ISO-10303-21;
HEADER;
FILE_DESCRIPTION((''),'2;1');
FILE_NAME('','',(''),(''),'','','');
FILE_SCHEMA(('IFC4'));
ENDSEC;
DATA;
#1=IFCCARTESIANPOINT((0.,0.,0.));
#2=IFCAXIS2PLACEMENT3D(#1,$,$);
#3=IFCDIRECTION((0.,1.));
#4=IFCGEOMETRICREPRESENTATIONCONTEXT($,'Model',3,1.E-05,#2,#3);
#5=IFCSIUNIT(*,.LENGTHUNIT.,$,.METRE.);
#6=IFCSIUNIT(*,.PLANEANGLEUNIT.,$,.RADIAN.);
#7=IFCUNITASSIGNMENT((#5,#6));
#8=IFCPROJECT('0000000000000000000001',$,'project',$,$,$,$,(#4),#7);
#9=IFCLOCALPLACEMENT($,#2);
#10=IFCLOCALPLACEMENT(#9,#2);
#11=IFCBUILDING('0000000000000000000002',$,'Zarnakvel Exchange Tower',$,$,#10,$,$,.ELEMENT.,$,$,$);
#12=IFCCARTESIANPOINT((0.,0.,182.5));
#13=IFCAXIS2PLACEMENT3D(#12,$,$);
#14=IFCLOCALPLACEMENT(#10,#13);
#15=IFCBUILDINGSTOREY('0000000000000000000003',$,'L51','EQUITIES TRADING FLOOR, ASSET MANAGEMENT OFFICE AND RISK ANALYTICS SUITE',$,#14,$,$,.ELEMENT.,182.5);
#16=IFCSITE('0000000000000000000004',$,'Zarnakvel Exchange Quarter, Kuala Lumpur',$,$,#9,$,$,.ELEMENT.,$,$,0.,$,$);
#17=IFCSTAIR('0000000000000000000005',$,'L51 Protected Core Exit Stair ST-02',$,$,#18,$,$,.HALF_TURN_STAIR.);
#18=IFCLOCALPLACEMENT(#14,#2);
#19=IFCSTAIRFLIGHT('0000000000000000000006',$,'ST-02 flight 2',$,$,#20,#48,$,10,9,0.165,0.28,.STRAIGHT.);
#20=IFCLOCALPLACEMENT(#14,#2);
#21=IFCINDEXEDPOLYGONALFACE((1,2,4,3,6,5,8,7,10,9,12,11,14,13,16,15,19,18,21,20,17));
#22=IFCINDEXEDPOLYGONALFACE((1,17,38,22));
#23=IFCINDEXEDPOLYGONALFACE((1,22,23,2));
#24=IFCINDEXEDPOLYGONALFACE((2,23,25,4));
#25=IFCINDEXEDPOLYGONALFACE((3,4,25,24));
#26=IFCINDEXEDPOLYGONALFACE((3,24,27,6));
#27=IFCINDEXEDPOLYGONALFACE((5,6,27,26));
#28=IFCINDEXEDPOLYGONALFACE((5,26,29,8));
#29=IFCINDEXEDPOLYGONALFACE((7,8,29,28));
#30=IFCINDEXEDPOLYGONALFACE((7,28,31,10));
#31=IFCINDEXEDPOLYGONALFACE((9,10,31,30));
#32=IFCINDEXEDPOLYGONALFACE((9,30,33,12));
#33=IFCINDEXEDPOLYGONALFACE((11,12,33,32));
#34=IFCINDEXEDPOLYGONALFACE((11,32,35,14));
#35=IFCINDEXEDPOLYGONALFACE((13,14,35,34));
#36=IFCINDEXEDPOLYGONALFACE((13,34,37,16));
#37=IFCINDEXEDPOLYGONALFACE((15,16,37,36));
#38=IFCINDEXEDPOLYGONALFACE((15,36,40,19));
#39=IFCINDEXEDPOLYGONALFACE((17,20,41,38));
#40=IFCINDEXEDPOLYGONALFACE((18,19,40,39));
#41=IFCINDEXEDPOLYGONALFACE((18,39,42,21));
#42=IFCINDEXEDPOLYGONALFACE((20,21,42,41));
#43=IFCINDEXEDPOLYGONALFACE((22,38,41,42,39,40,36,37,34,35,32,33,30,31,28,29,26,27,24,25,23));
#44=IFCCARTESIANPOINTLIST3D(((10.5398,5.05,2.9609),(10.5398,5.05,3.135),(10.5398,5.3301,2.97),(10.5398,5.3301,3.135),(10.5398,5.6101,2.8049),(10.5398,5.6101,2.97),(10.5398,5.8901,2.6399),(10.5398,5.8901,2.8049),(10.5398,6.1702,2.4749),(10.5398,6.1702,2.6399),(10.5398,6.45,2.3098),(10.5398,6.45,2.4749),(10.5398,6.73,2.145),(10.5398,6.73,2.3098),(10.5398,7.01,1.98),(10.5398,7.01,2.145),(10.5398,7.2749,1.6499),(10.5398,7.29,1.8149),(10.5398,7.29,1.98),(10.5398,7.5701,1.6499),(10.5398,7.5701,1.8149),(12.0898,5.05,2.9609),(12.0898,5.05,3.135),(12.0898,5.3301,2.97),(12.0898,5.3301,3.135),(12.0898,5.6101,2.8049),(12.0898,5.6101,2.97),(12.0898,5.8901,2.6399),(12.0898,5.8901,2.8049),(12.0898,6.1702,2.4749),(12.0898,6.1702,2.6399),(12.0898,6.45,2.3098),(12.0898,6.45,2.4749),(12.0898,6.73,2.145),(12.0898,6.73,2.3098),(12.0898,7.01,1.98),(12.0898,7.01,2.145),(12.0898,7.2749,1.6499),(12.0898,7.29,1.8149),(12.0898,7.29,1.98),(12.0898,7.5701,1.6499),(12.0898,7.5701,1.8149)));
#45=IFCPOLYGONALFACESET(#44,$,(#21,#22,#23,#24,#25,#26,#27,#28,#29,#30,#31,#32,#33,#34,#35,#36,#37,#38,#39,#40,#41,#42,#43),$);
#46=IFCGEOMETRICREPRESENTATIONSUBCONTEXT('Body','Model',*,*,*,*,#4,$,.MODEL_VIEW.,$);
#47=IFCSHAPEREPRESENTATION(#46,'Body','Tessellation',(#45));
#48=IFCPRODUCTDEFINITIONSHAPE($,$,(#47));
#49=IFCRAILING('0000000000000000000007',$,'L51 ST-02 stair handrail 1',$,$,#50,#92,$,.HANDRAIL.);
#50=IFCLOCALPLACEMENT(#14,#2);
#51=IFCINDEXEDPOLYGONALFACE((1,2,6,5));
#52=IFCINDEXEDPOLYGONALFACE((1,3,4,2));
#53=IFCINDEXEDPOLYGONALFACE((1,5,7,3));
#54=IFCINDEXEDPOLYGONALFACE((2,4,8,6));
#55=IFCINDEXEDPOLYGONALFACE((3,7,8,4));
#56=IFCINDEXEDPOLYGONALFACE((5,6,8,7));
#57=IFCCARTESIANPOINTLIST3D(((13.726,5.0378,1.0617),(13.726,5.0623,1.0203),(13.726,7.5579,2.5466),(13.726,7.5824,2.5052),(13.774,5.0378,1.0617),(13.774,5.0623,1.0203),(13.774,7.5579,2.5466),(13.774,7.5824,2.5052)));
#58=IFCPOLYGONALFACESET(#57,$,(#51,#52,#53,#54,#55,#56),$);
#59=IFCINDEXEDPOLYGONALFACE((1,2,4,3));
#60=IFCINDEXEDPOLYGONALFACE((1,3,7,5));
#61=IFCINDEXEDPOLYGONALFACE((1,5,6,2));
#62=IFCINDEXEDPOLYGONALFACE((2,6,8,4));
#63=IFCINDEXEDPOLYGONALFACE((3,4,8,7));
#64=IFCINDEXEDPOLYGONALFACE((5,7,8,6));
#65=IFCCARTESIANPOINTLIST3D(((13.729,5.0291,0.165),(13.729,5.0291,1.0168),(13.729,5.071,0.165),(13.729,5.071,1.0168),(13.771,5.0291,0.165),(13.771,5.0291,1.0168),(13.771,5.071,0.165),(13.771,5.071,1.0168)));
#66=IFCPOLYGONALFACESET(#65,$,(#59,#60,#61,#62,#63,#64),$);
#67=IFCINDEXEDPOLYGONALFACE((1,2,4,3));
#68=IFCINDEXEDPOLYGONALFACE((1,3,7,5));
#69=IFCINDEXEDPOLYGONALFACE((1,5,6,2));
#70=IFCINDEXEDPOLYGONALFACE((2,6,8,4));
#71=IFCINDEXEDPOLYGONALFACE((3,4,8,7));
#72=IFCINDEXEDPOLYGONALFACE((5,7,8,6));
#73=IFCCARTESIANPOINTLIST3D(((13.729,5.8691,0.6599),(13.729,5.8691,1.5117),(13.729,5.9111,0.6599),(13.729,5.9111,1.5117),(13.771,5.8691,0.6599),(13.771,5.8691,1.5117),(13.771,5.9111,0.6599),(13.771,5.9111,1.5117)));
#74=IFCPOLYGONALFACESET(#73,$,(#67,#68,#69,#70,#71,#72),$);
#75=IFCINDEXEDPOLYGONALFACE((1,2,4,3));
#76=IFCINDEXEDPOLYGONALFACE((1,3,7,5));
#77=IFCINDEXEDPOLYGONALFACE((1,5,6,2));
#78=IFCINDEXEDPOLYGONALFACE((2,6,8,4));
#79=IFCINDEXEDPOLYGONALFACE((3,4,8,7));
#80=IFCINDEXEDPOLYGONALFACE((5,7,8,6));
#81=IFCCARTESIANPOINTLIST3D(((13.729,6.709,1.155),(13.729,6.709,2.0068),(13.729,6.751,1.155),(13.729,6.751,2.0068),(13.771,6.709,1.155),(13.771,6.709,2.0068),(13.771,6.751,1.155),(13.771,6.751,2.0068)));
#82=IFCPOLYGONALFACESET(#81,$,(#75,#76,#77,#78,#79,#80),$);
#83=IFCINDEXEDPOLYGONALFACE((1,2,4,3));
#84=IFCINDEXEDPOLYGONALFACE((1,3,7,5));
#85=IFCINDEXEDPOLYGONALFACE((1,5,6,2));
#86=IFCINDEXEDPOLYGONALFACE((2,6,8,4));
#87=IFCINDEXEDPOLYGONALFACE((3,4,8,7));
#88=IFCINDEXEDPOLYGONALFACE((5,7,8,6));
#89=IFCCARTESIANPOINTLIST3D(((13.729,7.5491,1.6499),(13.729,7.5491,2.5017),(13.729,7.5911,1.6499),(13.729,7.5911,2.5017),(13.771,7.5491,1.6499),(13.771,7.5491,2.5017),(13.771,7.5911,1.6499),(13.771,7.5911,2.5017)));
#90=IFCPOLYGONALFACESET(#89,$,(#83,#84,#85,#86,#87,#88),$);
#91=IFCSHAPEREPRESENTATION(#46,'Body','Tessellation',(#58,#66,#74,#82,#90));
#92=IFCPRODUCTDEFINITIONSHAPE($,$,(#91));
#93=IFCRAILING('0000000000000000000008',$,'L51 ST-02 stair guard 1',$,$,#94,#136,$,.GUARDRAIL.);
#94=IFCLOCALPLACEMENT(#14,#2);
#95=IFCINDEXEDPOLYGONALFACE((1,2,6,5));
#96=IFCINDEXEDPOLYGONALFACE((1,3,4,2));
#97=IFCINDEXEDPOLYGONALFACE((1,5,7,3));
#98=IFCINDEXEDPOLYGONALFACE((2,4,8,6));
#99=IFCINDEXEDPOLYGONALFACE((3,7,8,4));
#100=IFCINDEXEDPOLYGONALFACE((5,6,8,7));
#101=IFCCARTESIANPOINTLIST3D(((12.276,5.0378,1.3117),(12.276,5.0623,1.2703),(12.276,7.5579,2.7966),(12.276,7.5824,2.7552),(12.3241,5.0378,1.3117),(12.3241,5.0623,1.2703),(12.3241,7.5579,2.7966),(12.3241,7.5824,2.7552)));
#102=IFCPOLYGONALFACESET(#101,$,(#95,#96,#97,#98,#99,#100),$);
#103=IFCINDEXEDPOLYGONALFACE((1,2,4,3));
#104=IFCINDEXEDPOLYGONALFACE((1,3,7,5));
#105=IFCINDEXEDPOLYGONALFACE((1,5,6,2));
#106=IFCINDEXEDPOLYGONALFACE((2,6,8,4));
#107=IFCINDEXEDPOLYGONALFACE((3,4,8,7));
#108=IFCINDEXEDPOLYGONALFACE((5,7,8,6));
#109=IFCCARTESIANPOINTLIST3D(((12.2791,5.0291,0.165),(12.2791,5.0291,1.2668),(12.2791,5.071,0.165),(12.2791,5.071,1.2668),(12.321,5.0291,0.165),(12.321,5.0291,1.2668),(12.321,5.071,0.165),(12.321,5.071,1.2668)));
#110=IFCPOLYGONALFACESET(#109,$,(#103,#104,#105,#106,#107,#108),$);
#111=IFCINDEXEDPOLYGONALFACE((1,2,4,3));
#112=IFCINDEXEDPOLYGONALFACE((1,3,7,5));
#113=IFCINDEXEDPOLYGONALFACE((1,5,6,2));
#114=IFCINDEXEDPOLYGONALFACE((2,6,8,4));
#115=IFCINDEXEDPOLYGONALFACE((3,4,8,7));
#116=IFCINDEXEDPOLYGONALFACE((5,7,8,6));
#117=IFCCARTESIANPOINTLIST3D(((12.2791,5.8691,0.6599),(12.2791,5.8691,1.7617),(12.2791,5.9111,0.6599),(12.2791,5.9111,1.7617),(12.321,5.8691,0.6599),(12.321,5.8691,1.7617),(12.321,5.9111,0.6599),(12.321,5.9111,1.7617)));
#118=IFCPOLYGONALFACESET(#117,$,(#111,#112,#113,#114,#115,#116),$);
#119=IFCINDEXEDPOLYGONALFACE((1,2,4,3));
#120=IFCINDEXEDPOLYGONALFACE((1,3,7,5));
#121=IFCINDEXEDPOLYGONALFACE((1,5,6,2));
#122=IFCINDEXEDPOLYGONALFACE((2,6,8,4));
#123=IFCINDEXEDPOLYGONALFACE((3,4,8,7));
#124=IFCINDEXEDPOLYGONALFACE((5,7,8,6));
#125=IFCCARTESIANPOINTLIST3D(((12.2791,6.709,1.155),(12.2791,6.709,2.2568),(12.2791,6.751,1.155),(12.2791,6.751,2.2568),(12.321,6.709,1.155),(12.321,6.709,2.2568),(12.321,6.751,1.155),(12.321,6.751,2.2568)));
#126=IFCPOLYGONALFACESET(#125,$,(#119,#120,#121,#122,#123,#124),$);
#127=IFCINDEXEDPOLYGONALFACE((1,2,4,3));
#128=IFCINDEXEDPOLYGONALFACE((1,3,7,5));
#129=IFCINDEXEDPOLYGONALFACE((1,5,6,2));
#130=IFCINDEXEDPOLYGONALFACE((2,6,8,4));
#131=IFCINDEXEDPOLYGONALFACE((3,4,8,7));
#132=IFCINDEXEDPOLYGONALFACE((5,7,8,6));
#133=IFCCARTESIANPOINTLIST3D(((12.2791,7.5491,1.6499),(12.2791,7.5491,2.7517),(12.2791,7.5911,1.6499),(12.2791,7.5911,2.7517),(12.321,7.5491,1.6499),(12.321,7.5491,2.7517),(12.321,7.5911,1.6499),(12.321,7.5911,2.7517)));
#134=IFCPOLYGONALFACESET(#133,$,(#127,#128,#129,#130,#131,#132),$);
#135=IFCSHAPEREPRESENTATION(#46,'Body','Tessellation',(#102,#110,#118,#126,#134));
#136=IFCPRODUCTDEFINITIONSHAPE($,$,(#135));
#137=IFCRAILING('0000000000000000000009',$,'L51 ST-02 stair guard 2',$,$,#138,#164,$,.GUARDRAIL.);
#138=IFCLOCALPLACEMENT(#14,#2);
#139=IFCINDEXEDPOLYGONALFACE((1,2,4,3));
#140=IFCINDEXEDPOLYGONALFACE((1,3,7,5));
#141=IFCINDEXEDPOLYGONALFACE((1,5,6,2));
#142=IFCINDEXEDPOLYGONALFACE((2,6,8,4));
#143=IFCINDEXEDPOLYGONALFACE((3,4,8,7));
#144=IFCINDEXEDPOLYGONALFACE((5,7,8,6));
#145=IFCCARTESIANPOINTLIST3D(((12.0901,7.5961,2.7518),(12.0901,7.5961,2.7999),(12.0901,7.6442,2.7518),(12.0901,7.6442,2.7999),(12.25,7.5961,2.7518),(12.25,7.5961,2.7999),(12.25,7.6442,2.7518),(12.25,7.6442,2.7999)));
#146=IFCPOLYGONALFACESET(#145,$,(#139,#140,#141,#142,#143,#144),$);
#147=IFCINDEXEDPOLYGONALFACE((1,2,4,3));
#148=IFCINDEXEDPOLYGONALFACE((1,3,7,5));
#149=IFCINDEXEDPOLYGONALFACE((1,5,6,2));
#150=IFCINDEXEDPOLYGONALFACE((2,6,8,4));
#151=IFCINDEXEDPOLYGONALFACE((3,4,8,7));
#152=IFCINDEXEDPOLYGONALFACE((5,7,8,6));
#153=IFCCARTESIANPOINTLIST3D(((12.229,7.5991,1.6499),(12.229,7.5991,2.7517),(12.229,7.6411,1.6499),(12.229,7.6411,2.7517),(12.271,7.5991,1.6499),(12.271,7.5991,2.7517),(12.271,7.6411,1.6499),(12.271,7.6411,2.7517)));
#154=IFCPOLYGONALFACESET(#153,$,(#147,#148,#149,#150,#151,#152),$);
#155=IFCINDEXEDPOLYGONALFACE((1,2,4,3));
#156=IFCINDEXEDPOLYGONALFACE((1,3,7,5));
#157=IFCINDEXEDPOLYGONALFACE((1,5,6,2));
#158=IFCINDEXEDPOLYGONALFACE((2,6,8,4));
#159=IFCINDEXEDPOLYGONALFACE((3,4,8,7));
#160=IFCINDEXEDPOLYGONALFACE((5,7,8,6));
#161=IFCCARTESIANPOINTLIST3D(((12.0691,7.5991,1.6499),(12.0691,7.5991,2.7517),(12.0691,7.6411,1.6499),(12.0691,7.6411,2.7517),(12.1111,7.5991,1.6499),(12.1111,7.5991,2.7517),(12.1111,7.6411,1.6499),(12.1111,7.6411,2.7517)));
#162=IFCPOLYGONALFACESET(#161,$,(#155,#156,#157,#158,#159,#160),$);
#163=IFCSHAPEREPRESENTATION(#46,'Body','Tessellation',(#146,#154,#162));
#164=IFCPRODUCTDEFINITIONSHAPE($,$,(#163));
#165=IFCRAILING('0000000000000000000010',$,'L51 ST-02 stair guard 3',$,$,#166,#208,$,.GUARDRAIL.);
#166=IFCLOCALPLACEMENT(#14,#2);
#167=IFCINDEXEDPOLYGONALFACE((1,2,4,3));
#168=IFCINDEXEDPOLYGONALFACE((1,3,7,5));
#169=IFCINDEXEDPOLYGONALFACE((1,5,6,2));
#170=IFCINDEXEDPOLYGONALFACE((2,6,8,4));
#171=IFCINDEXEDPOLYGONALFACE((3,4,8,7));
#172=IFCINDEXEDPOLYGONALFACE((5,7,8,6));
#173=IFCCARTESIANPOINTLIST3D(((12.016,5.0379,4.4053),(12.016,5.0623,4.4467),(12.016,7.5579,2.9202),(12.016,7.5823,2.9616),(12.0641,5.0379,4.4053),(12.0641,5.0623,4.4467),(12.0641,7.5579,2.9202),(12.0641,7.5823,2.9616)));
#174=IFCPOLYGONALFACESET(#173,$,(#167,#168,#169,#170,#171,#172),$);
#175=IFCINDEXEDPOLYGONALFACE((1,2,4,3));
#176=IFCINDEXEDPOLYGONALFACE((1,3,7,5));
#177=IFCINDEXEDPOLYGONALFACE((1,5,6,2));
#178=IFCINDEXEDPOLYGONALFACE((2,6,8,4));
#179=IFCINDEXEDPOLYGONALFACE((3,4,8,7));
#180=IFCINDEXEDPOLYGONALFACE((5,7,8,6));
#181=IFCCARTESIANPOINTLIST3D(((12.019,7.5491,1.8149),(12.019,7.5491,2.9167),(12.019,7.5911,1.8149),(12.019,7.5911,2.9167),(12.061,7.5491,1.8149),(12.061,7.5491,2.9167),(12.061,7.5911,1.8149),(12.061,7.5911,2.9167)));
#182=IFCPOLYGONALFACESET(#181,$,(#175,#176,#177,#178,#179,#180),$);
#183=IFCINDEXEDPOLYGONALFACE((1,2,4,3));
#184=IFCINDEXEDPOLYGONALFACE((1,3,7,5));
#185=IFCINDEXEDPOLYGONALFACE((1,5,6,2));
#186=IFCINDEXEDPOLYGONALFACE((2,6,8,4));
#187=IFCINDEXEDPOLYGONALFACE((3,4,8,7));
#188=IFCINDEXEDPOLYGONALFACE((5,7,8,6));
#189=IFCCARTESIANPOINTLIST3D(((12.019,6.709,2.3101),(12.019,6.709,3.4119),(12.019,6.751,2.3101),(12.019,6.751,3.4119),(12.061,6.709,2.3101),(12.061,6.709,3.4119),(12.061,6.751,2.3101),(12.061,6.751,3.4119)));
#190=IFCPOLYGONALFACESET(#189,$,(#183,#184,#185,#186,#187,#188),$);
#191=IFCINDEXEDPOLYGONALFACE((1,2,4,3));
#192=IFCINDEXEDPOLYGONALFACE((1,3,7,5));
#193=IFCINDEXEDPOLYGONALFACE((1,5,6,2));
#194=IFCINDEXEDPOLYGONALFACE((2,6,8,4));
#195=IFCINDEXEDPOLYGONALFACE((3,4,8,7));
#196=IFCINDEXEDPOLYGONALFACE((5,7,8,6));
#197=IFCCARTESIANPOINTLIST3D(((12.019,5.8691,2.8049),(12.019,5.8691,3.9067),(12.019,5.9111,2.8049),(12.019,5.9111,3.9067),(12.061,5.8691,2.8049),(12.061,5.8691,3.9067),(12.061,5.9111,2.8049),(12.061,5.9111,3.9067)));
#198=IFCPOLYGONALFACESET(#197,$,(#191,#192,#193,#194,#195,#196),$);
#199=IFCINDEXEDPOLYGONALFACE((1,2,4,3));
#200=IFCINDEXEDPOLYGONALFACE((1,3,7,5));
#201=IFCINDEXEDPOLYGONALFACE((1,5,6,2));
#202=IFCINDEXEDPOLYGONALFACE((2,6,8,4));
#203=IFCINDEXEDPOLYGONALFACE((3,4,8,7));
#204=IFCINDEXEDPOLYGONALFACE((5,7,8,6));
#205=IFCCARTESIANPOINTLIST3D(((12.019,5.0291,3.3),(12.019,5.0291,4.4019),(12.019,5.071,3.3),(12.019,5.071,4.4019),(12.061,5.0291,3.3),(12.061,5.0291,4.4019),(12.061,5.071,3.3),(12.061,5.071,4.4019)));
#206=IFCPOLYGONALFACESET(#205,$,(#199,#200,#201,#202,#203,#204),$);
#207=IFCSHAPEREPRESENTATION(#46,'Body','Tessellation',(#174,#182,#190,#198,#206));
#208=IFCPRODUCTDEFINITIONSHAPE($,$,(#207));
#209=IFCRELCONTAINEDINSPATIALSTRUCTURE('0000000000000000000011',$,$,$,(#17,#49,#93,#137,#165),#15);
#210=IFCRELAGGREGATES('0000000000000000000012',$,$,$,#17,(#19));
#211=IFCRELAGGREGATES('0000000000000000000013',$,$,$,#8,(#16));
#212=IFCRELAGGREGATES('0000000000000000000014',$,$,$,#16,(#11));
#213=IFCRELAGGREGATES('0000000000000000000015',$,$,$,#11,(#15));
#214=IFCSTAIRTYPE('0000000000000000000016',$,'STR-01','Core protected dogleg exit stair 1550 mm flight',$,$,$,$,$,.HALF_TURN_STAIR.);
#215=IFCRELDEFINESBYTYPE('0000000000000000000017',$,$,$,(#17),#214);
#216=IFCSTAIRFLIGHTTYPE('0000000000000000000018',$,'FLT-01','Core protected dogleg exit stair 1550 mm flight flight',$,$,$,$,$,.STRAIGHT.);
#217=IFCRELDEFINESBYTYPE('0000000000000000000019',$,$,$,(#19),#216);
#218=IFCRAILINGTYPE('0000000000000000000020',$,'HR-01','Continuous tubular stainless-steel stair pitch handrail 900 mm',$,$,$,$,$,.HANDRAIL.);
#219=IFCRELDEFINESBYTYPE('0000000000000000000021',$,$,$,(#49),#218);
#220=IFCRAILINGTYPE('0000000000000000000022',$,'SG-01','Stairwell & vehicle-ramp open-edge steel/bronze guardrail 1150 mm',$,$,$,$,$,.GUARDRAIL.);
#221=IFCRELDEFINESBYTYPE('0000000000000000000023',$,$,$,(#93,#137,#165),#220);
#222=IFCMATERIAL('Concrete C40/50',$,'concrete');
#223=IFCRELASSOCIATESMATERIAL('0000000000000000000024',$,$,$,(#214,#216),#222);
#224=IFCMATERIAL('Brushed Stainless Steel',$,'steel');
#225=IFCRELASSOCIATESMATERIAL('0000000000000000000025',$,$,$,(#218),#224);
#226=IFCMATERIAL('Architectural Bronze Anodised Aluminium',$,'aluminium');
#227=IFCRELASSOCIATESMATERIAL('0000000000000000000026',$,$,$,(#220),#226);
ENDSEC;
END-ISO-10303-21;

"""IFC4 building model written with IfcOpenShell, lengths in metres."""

from ifc_helpers import new_model, si_unit, direction, frame, origin, origin_2d, place, context, subcontext, project, spatial, polyline, rectangle, outline, extrude, material, type_object, element, aggregate, save


model = new_model("IFC4")

# Units and contexts
model_context = context("Model", 3, precision=1e-05, world=origin(), true_north=direction((0.0, 1.0)))
body_context = subcontext(model_context, "Body", "Model", "MODEL_VIEW")
ifc_project = project(units=[si_unit("LENGTHUNIT", "METRE"), si_unit("PLANEANGLEUNIT", "RADIAN")], contexts=[model_context])

# Site, building, storey
site_placement = place(None, origin())
site = spatial("IfcSite", under=ifc_project, at=site_placement, Name="Zarnakvel Exchange Quarter, Kuala Lumpur", CompositionType="ELEMENT", RefElevation=0.0)
building_placement = place(site_placement, origin())
building = spatial("IfcBuilding", under=site, at=building_placement, Name="Zarnakvel Exchange Tower", CompositionType="ELEMENT")
storey_placement = place(building_placement, frame((0.0, 0.0, 182.5)))
storey = spatial("IfcBuildingStorey", under=building, at=storey_placement, Name="L51", Description="EQUITIES TRADING FLOOR, ASSET MANAGEMENT OFFICE AND RISK ANALYTICS SUITE", CompositionType="ELEMENT", Elevation=182.5)

# Shared definitions
ifc_material_1 = material(Name="Architectural Bronze Anodised Aluminium", Category="aluminium")

# Shared definitions
ifc_material_2 = material(Name="Concrete C40/50", Category="concrete")

# Stair, stair flight
stair_type = type_object("IfcStairType", Name="STR-01", Description="Core protected dogleg exit stair 1550 mm flight", PredefinedType="HALF_TURN_STAIR", material=ifc_material_2)
stair_placement = place(storey_placement, origin())
stair = element("IfcStair", 1, at=stair_placement, inside=storey, type_object=stair_type, Name="L51 Protected Core Exit Stair ST-02", PredefinedType="HALF_TURN_STAIR")
stair_flight_type = type_object("IfcStairFlightType", Name="FLT-01", Description="Core protected dogleg exit stair 1550 mm flight flight", PredefinedType="STRAIGHT", material=ifc_material_2)
stair_flight_1_placement = place(storey_placement, frame((11.3149, 7.5701, 1.6499), z_axis=(0.0, 0.0, 1.0), x_axis=(0.0, -1.0, 0.0)))
stair_flight_1 = element("IfcStairFlight", 2, at=stair_flight_1_placement, type_object=stair_flight_type, Name="ST-02 flight 2", NumberOfRisers=10, NumberOfTreads=9, PredefinedType="STRAIGHT", RiserHeight=0.165, TreadLength=0.28, context=body_context, shape_type="SweptSolid", body=[
    extrude(outline(polyline([(0.0, 0.0), (0.0, 0.165), (0.28, 0.165), (0.28, 0.3301), (0.5601, 0.3301), (0.5601, 0.4951), (0.8401, 0.4951), (0.8401, 0.6599), (1.1201, 0.6599), (1.1201, 0.825), (1.3999, 0.825), (1.3999, 0.99), (1.6799, 0.99), (1.6799, 1.155), (1.96, 1.155), (1.96, 1.3201), (2.24, 1.3201), (2.24, 1.4851), (2.52, 1.4851), (2.52, 1.6499), (2.52, 1.311), (0.2952, 0.0), (0.0, 0.0)])), frame((0.0, 0.7749, 0.0), z_axis=(0.0, -1.0, 0.0), x_axis=(1.0, 0.0, 0.0)), (0.0, 0.0, 1.0), 1.55),
])
aggregate(stair, [stair_flight_1])

# Railings
ifc_material_3 = material(Name="Brushed Stainless Steel", Category="steel")
railing_type_1 = type_object("IfcRailingType", Name="HR-01", Description="Continuous tubular stainless-steel stair pitch handrail 900 mm", PredefinedType="HANDRAIL", material=ifc_material_3)
railing_1_placement = place(storey_placement, frame((13.75, 5.05, 0.165)))
element("IfcRailing", 3, at=railing_1_placement, inside=storey, type_object=railing_type_1, Name="L51 ST-02 stair handrail 1", PredefinedType="HANDRAIL", context=body_context, shape_type="SweptSolid", body=[
    extrude(rectangle(XDim=0.0481, YDim=0.0481, at=origin_2d()), frame((0.0, 0.0, 0.876), z_axis=(0.0, 0.861561, 0.507655), x_axis=(-1.0, 0.0, 0.0)), (0.0, 0.0, 1.0), 2.925),
    extrude(rectangle(XDim=0.042, YDim=0.042, at=origin_2d()), origin(), (0.0, 0.0, 1.0), 0.8518),
    extrude(rectangle(XDim=0.042, YDim=0.042, at=origin_2d()), frame((0.0, 0.8401, 0.4949)), (0.0, 0.0, 1.0), 0.8518),
    extrude(rectangle(XDim=0.042, YDim=0.042, at=origin_2d()), frame((0.0, 1.6799, 0.99)), (0.0, 0.0, 1.0), 0.8518),
    extrude(rectangle(XDim=0.042, YDim=0.042, at=origin_2d()), frame((0.0, 2.52, 1.4849)), (0.0, 0.0, 1.0), 0.8518),
])
railing_type_2 = type_object("IfcRailingType", Name="SG-01", Description="Stairwell & vehicle-ramp open-edge steel/bronze guardrail 1150 mm", PredefinedType="GUARDRAIL", material=ifc_material_1)
railing_2_placement = place(storey_placement, frame((12.3, 5.05, 0.165)))
element("IfcRailing", 4, at=railing_2_placement, inside=storey, type_object=railing_type_2, Name="L51 ST-02 stair guard 1", PredefinedType="GUARDRAIL", context=body_context, shape_type="SweptSolid", body=[
    extrude(rectangle(XDim=0.0481, YDim=0.0481, at=origin_2d()), frame((0.0, 0.0, 1.126), z_axis=(0.0, 0.861561, 0.507655), x_axis=(-1.0, 0.0, 0.0)), (0.0, 0.0, 1.0), 2.925),
    extrude(rectangle(XDim=0.042, YDim=0.042, at=origin_2d()), origin(), (0.0, 0.0, 1.0), 1.1018),
    extrude(rectangle(XDim=0.042, YDim=0.042, at=origin_2d()), frame((0.0, 0.8401, 0.4949)), (0.0, 0.0, 1.0), 1.1018),
    extrude(rectangle(XDim=0.042, YDim=0.042, at=origin_2d()), frame((0.0, 1.6799, 0.99)), (0.0, 0.0, 1.0), 1.1018),
    extrude(rectangle(XDim=0.042, YDim=0.042, at=origin_2d()), frame((0.0, 2.52, 1.4849)), (0.0, 0.0, 1.0), 1.1018),
])
railing_3_placement = place(storey_placement, frame((12.25, 7.6201, 1.6499)))
element("IfcRailing", 5, at=railing_3_placement, inside=storey, type_object=railing_type_2, Name="L51 ST-02 stair guard 2", PredefinedType="GUARDRAIL", context=body_context, shape_type="SweptSolid", body=[
    extrude(rectangle(XDim=0.0481, YDim=0.0481, at=origin_2d()), frame((0.0, 0.0, 1.126), z_axis=(-1.0, 0.0, 0.0), x_axis=(0.0, -1.0, 0.0)), (0.0, 0.0, 1.0), 0.1599),
    extrude(rectangle(XDim=0.042, YDim=0.042, at=origin_2d()), origin(), (0.0, 0.0, 1.0), 1.1018),
    extrude(rectangle(XDim=0.042, YDim=0.042, at=origin_2d()), frame((-0.1599, 0.0, 0.0)), (0.0, 0.0, 1.0), 1.1018),
])
railing_4_placement = place(storey_placement, frame((12.04, 7.5701, 1.8149)))
element("IfcRailing", 6, at=railing_4_placement, inside=storey, type_object=railing_type_2, Name="L51 ST-02 stair guard 3", PredefinedType="GUARDRAIL", context=body_context, shape_type="SweptSolid", body=[
    extrude(rectangle(XDim=0.0481, YDim=0.0481, at=origin_2d()), frame((0.0, 0.0, 1.126), z_axis=(0.0, -0.861524, 0.507717), x_axis=(1.0, 0.0, 0.0)), (0.0, 0.0, 1.0), 2.925),
    extrude(rectangle(XDim=0.042, YDim=0.042, at=origin_2d()), origin(), (0.0, 0.0, 1.0), 1.1018),
    extrude(rectangle(XDim=0.042, YDim=0.042, at=origin_2d()), frame((0.0, -0.8401, 0.4951)), (0.0, 0.0, 1.0), 1.1018),
    extrude(rectangle(XDim=0.042, YDim=0.042, at=origin_2d()), frame((0.0, -1.6799, 0.99)), (0.0, 0.0, 1.0), 1.1018),
    extrude(rectangle(XDim=0.042, YDim=0.042, at=origin_2d()), frame((0.0, -2.52, 1.4851)), (0.0, 0.0, 1.0), 1.1018),
])

save(model, "model.ifc")
